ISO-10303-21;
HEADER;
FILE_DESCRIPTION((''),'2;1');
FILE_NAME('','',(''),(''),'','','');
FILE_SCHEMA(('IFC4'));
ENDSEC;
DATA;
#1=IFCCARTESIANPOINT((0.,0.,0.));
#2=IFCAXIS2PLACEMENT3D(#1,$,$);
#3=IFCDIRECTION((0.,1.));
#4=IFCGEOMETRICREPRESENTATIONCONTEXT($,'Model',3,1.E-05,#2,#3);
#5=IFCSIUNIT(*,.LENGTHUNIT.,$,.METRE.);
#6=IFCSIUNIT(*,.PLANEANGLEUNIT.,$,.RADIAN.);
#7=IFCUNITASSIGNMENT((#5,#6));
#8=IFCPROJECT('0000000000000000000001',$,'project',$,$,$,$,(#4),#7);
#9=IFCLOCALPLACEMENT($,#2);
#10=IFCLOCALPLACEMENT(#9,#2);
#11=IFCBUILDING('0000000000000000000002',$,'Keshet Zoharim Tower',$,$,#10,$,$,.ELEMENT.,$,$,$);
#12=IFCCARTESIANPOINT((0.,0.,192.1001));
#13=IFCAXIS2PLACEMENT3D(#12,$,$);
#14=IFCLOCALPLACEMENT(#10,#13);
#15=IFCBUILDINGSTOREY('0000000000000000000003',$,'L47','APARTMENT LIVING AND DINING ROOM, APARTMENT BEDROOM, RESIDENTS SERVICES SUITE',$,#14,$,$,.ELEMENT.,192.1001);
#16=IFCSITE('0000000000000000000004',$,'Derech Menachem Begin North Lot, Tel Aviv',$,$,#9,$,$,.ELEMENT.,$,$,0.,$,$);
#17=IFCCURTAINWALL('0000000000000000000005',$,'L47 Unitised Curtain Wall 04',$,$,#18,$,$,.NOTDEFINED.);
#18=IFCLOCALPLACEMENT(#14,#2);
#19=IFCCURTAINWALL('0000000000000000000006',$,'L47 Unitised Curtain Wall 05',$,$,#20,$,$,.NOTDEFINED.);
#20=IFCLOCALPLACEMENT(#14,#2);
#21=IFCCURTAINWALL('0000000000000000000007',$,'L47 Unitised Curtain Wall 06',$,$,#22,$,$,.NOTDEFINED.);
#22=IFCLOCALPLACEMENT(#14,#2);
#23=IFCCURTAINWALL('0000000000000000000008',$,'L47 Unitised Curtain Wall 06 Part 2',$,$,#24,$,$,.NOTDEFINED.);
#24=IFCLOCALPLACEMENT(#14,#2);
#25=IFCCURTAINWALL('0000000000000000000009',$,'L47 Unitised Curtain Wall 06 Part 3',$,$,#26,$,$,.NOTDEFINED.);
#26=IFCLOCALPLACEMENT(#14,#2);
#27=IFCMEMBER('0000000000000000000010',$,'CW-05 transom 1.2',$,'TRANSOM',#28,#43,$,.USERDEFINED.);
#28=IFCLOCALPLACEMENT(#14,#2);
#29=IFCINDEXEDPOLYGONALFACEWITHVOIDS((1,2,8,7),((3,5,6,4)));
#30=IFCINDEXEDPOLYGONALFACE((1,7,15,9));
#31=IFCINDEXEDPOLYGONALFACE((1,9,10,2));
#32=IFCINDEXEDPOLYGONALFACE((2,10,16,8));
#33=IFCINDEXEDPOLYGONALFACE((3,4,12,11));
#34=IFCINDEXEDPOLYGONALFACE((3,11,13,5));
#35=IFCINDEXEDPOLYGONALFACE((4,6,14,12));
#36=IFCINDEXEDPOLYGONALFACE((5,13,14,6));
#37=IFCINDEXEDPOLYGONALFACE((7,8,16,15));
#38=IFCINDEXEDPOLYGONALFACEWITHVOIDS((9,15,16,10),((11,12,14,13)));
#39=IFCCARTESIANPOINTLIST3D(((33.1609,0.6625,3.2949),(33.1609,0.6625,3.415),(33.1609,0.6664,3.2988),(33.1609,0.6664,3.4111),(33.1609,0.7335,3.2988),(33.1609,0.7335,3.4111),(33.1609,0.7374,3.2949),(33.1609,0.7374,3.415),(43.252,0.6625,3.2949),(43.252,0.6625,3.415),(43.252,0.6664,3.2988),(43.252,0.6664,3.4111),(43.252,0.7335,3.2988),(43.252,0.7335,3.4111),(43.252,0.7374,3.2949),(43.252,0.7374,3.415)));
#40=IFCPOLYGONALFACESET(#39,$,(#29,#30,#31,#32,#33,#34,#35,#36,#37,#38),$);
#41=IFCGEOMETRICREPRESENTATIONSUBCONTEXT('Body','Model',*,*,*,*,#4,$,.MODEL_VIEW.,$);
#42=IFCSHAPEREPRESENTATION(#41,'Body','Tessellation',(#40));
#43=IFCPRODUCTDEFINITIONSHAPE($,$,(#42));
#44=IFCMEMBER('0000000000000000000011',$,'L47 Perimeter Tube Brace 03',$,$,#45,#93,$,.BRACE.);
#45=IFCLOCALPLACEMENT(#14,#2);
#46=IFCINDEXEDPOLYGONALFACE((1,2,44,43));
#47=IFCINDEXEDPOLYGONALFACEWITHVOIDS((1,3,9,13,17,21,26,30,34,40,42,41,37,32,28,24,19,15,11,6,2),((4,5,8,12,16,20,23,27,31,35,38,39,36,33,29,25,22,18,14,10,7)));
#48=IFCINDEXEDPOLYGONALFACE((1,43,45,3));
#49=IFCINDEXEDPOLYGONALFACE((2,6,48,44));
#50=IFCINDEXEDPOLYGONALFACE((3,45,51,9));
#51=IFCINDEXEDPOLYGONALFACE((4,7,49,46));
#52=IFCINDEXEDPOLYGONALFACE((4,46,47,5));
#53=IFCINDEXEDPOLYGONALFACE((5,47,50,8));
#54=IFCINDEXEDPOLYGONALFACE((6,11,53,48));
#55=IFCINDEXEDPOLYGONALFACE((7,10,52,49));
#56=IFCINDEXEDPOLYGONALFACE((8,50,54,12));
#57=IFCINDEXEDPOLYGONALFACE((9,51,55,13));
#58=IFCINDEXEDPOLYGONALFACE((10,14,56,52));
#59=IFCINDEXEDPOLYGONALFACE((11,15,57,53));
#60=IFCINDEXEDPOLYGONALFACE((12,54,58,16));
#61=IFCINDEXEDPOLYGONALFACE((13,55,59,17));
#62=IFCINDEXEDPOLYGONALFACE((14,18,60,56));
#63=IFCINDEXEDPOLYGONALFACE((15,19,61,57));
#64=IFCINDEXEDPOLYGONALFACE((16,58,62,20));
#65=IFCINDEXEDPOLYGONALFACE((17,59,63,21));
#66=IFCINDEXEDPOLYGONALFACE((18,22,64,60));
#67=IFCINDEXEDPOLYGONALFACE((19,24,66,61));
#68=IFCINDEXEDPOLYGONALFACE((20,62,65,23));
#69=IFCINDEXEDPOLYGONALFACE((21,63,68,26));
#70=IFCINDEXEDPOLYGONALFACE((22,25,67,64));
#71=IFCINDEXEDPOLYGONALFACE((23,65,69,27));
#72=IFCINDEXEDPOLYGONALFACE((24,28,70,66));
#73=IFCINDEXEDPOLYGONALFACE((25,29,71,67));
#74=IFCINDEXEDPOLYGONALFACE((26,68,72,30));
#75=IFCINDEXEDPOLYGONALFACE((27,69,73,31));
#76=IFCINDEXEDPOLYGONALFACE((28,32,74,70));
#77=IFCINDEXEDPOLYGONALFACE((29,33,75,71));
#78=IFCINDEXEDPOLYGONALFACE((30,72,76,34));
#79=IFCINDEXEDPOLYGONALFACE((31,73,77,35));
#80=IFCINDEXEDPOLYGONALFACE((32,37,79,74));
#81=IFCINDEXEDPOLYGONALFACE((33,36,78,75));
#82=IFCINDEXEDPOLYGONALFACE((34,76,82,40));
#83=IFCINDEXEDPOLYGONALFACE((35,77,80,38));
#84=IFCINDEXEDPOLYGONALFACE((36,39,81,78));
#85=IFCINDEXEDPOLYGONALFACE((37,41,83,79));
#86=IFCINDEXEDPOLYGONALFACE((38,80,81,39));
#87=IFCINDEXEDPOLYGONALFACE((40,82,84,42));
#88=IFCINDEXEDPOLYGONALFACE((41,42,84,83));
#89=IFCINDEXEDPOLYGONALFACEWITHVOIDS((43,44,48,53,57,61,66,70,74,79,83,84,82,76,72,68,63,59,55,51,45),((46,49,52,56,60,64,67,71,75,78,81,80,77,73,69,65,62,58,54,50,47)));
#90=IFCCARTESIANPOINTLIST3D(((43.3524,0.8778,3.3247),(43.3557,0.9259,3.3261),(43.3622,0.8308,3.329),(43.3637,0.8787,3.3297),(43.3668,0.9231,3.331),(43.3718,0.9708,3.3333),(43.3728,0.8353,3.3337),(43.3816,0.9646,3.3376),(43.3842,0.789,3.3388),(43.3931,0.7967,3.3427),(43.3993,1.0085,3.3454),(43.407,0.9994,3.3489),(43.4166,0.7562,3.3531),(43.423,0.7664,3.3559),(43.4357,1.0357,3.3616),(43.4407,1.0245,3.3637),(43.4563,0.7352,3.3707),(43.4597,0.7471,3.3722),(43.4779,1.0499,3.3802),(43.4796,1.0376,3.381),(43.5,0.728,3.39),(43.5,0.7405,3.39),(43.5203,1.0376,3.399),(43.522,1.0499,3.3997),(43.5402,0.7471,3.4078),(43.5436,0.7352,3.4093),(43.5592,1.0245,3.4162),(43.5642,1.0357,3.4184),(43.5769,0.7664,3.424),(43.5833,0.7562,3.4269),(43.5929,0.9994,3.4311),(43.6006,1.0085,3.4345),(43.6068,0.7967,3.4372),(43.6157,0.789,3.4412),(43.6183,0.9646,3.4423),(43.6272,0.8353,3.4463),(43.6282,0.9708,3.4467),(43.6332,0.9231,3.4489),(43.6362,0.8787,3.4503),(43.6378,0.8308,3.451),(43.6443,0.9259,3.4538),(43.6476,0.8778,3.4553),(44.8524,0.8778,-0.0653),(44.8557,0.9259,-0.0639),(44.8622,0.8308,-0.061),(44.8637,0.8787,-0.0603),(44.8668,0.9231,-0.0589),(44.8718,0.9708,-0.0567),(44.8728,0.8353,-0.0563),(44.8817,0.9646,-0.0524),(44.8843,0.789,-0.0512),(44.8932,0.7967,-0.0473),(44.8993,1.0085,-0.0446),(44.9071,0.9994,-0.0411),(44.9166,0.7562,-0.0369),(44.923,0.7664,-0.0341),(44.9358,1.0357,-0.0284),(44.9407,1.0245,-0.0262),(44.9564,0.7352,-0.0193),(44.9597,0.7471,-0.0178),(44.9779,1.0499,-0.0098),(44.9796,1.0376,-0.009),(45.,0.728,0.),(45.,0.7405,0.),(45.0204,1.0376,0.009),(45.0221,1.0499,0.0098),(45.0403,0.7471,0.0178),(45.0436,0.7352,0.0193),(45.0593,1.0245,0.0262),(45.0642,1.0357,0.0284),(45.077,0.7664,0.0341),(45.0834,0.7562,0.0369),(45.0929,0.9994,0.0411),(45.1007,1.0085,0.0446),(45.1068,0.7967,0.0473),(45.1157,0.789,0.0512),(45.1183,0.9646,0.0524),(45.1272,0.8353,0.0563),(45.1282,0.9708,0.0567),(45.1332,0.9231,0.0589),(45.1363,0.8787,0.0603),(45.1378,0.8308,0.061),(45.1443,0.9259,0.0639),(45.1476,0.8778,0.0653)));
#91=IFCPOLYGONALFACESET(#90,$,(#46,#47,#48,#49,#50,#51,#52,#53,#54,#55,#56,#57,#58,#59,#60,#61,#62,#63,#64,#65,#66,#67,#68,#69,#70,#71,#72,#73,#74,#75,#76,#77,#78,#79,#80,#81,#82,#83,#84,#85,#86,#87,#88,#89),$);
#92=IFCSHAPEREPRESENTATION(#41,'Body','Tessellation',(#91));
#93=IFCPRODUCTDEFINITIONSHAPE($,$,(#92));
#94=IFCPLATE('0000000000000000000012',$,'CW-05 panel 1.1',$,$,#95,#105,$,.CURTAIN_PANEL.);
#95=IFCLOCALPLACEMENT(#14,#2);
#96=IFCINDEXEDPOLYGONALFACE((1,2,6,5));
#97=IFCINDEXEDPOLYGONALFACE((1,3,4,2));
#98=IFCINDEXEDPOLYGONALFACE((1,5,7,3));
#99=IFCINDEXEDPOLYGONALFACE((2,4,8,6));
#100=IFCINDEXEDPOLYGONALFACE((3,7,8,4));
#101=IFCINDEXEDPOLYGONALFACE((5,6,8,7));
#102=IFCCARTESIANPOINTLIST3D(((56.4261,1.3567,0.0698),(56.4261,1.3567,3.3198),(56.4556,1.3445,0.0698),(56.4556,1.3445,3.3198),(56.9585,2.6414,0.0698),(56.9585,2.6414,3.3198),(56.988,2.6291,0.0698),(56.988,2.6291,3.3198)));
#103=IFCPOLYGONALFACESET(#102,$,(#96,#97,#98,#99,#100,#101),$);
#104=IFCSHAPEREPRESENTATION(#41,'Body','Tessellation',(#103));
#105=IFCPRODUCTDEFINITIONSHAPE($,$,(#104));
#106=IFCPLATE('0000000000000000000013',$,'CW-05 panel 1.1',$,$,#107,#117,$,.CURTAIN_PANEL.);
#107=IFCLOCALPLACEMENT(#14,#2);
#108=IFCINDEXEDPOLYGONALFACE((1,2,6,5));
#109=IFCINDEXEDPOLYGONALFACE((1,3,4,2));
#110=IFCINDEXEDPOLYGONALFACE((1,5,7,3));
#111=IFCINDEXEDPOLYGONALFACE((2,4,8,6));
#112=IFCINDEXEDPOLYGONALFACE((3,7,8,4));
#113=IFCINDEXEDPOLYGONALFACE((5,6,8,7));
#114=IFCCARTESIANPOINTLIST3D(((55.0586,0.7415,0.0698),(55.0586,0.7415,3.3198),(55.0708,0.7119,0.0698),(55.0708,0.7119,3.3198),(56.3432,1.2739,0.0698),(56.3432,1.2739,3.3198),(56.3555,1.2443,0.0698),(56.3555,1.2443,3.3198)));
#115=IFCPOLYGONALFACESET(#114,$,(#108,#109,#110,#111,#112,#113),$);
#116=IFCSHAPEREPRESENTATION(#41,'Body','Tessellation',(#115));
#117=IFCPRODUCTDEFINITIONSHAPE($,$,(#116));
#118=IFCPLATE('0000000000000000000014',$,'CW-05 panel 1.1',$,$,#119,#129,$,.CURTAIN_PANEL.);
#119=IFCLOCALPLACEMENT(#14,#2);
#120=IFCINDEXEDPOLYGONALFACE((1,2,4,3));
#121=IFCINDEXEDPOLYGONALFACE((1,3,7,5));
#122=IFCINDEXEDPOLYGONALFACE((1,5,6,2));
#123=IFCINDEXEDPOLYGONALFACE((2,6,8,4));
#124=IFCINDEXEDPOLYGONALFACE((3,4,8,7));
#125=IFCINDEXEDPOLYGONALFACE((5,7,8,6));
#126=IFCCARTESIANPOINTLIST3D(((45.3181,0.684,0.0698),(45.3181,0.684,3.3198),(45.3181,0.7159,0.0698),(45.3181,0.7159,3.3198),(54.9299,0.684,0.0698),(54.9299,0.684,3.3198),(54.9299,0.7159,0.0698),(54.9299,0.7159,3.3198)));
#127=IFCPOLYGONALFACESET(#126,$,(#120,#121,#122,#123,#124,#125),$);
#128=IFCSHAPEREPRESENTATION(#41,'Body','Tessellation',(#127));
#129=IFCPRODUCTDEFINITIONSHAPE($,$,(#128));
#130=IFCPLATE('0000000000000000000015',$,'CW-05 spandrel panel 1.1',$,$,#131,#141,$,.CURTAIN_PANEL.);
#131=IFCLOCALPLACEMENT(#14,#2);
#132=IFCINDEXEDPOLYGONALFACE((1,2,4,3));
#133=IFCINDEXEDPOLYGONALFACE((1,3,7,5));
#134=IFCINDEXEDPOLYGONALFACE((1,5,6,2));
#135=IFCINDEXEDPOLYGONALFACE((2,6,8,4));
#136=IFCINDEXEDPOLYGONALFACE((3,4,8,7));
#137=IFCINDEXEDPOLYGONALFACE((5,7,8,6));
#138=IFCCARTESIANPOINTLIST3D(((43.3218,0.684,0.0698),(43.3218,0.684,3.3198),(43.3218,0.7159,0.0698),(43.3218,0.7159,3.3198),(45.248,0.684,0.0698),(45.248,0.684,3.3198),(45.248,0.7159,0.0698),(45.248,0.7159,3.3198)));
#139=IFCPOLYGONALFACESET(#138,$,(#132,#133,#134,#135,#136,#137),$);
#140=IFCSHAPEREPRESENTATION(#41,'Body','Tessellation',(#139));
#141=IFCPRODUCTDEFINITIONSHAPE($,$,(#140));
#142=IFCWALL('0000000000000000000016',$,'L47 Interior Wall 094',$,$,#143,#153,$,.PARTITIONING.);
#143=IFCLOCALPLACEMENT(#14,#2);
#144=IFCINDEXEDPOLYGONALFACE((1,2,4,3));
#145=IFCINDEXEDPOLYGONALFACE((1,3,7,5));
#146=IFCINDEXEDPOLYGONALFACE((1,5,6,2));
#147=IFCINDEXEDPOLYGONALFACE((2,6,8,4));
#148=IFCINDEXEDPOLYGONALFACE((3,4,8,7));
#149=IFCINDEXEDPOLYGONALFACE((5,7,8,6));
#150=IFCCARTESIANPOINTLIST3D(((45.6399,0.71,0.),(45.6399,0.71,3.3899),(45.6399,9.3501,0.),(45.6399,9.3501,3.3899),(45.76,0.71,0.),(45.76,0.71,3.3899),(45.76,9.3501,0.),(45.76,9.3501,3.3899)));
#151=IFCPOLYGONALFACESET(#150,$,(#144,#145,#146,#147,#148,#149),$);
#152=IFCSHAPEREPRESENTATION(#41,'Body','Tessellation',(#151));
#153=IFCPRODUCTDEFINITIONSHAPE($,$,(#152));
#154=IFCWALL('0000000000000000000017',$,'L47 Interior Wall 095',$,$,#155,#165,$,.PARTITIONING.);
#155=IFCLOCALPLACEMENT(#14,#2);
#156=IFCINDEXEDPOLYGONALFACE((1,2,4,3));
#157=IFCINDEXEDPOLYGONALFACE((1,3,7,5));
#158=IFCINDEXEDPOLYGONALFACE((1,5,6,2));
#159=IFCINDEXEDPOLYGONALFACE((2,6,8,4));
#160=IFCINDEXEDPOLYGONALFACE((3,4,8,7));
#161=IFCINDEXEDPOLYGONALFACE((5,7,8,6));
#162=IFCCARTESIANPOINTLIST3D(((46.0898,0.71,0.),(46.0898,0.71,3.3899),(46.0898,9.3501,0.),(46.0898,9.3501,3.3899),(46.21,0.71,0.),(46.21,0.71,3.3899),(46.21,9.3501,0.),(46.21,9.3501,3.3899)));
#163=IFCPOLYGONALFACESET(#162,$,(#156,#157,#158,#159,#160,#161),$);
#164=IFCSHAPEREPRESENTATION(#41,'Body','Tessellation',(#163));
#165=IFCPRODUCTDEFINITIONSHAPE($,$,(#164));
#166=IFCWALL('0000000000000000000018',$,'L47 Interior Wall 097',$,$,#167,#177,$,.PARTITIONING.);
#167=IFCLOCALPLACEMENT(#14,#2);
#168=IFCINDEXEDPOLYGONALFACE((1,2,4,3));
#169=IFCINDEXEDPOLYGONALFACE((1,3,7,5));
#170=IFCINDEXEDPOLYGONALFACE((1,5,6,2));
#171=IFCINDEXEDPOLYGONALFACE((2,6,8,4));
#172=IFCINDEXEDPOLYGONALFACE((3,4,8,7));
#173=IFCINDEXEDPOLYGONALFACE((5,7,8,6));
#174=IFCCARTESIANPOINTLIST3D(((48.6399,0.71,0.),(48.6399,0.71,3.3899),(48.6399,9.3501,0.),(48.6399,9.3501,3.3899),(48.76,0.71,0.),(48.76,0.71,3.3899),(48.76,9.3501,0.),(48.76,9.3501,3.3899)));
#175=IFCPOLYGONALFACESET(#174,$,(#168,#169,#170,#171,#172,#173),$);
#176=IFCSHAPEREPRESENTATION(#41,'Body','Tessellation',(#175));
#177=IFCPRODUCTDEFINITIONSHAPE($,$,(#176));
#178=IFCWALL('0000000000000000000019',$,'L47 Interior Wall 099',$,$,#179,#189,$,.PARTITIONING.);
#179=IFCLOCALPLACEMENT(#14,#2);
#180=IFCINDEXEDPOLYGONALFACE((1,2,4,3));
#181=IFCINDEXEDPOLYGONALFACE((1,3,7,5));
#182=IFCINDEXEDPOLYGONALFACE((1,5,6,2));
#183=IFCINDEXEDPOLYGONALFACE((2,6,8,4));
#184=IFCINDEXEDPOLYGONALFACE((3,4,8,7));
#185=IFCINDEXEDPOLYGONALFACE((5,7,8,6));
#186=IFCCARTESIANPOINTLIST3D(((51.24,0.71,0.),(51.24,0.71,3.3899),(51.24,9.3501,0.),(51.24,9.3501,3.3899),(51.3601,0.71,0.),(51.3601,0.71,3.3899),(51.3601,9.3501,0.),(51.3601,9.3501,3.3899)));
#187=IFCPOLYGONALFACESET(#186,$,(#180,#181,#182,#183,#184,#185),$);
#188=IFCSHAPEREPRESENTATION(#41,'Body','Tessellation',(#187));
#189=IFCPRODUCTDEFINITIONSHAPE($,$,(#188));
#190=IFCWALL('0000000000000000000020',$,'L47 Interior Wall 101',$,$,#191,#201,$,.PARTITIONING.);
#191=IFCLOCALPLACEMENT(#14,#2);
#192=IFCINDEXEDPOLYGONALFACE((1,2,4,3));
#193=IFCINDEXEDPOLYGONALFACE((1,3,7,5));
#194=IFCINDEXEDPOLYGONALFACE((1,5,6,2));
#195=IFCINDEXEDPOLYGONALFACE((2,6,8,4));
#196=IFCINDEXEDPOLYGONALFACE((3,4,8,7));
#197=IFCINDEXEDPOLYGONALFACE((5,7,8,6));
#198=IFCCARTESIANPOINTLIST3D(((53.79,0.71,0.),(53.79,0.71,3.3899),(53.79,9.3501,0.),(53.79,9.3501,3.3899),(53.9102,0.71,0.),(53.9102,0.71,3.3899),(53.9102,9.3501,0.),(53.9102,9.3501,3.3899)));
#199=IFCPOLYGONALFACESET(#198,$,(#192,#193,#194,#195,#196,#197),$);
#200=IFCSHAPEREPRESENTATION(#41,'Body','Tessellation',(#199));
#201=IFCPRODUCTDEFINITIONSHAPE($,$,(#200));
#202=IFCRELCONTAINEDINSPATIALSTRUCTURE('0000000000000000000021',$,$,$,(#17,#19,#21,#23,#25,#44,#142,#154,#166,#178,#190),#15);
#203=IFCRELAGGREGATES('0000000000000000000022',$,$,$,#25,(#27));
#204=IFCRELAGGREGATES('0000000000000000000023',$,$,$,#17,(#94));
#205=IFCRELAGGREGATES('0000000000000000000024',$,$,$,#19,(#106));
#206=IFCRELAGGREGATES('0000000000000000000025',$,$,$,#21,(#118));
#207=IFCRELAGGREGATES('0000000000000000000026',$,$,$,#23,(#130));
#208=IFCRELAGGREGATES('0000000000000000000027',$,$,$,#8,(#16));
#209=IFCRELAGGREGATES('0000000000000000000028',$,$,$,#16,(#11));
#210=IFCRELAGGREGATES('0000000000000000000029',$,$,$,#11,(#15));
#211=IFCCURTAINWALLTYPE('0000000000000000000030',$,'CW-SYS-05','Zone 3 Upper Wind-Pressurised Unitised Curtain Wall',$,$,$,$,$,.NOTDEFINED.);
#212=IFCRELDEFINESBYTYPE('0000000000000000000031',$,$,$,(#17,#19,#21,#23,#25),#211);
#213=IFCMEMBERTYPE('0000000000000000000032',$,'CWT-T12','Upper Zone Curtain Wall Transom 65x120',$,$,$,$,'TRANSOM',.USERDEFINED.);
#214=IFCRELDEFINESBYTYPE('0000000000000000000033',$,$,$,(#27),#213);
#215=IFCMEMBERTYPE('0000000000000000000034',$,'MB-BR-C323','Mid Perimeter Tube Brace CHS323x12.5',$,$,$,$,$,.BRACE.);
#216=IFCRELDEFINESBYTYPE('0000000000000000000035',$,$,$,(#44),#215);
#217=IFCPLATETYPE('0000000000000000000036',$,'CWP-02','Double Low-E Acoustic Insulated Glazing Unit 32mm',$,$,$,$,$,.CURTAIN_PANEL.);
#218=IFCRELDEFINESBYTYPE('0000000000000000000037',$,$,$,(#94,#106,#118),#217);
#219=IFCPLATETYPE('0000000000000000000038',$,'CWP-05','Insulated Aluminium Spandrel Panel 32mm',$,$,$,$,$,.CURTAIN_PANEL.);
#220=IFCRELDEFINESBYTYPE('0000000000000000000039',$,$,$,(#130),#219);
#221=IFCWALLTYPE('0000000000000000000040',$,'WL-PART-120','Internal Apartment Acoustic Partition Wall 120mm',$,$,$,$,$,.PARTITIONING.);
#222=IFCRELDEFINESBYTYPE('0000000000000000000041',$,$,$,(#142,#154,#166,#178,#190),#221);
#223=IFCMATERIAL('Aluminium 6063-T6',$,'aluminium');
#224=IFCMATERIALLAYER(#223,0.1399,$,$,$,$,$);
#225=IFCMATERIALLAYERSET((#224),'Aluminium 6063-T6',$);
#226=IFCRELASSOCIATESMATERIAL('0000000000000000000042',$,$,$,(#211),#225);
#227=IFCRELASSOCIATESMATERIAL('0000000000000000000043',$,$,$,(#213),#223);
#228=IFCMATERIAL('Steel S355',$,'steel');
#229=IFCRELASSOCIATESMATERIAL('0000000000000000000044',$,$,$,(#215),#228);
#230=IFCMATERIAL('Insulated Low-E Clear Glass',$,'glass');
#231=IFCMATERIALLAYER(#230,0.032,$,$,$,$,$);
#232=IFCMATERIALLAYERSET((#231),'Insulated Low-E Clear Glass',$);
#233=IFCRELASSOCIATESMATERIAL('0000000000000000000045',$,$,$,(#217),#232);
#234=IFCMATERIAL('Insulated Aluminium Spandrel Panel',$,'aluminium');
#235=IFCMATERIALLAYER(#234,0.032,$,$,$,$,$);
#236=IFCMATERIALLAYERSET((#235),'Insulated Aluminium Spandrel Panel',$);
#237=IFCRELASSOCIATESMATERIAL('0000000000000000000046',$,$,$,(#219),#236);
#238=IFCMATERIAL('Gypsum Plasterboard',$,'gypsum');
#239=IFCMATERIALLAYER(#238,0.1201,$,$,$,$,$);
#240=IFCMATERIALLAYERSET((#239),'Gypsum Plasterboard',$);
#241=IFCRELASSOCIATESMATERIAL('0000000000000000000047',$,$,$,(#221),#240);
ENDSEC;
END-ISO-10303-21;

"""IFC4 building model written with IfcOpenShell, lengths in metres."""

from ifc_helpers import new_model, si_unit, direction, frame, frame_2d, origin, origin_2d, place, context, subcontext, project, spatial, rectangle, hollow_rectangle, hollow_circle, extrude, material, layer, layer_set, material_profile, profile_set, type_object, element, aggregate, save


model = new_model("IFC4")

# Units and contexts
model_context = context("Model", 3, precision=1e-05, world=origin(), true_north=direction((0.0, 1.0)))
body_context = subcontext(model_context, "Body", "Model", "MODEL_VIEW")
ifc_project = project(units=[si_unit("LENGTHUNIT", "METRE"), si_unit("PLANEANGLEUNIT", "RADIAN")], contexts=[model_context])

# Site, building, storey
site_placement = place(None, origin())
site = spatial("IfcSite", under=ifc_project, at=site_placement, Name="Derech Menachem Begin North Lot, Tel Aviv", CompositionType="ELEMENT", RefElevation=0.0)
building_placement = place(site_placement, origin())
building = spatial("IfcBuilding", under=site, at=building_placement, Name="Keshet Zoharim Tower", CompositionType="ELEMENT")
storey_placement = place(building_placement, frame((0.0, 0.0, 192.1001)))
storey = spatial("IfcBuildingStorey", under=building, at=storey_placement, Name="L47", Description="APARTMENT LIVING AND DINING ROOM, APARTMENT BEDROOM, RESIDENTS SERVICES SUITE", CompositionType="ELEMENT", Elevation=192.1001)

# Shared definitions
ifc_material_1 = material(Name="Steel S355", Category="steel")

# Curtain wall
ifc_material_2 = material(Name="Aluminium 6063-T6", Category="aluminium")
ifc_layer_1 = layer(ifc_material_2, 0.1399)
ifc_layer_set_1 = layer_set([ifc_layer_1], Name="Aluminium 6063-T6")
curtain_wall_type = type_object("IfcCurtainWallType", Name="CW-SYS-05", Description="Zone 3 Upper Wind-Pressurised Unitised Curtain Wall", PredefinedType="NOTDEFINED", material=ifc_layer_set_1)
curtain_wall_1_placement = place(storey_placement, origin())
curtain_wall_1 = element("IfcCurtainWall", 1, at=curtain_wall_1_placement, inside=storey, type_object=curtain_wall_type, Name="L47 Unitised Curtain Wall 04", PredefinedType="NOTDEFINED")

# Curtain walls
curtain_wall_2_placement = place(storey_placement, origin())
curtain_wall_2 = element("IfcCurtainWall", 2, at=curtain_wall_2_placement, inside=storey, type_object=curtain_wall_type, Name="L47 Unitised Curtain Wall 05", PredefinedType="NOTDEFINED")
curtain_wall_3_placement = place(storey_placement, origin())
curtain_wall_3 = element("IfcCurtainWall", 3, at=curtain_wall_3_placement, inside=storey, type_object=curtain_wall_type, Name="L47 Unitised Curtain Wall 06", PredefinedType="NOTDEFINED")

# Curtain wall
curtain_wall_4_placement = place(storey_placement, origin())
curtain_wall_4 = element("IfcCurtainWall", 4, at=curtain_wall_4_placement, inside=storey, type_object=curtain_wall_type, Name="L47 Unitised Curtain Wall 06 Part 2", PredefinedType="NOTDEFINED")

# Shared definitions
ifc_material_profile_1 = material_profile(ifc_material_2, hollow_rectangle(XDim=0.075, YDim=0.1201, WallThickness=0.0039, at=origin_2d()), Name="TRN-75x120")
ifc_profile_set_1 = profile_set([ifc_material_profile_1], Name="Aluminium 6063-T6")
member_type_1 = type_object("IfcMemberType", Name="CWT-T12", Description="Upper Zone Curtain Wall Transom 65x120", ElementType="TRANSOM", PredefinedType="USERDEFINED", material=ifc_profile_set_1)

# Curtain wall, member
curtain_wall_5_placement = place(storey_placement, origin())
curtain_wall_5 = element("IfcCurtainWall", 5, at=curtain_wall_5_placement, inside=storey, type_object=curtain_wall_type, Name="L47 Unitised Curtain Wall 06 Part 3", PredefinedType="NOTDEFINED")
member_1_placement = place(storey_placement, frame((43.252, 0.7, 3.355), z_axis=(-1.0, 0.0, 0.0), x_axis=(0.0, -1.0, 0.0)))
member_1 = element("IfcMember", 6, at=member_1_placement, type_object=member_type_1, Name="CW-05 transom 1.2", ObjectType="TRANSOM", PredefinedType="USERDEFINED", context=body_context, shape_type="SweptSolid", body=[
    extrude(hollow_rectangle(XDim=0.075, YDim=0.1201, WallThickness=0.0039, at=origin_2d()), origin(), (0.0, 0.0, 1.0), 10.0911),
])
aggregate(curtain_wall_5, [member_1])

# Member
ifc_material_profile_2 = material_profile(ifc_material_1, hollow_circle(Radius=0.1619, WallThickness=0.0125, at=origin_2d()), Name="CHS323x12.5")
ifc_profile_set_2 = profile_set([ifc_material_profile_2], Name="Steel S355")
member_type_2 = type_object("IfcMemberType", Name="MB-BR-C323", Description="Mid Perimeter Tube Brace CHS323x12.5", PredefinedType="BRACE", material=ifc_profile_set_2)
member_2_placement = place(storey_placement, frame((45.0, 0.8899, 0.0), z_axis=(-0.404647, 0.0, 0.914473), x_axis=(0.0, -1.0, 0.0)))
element("IfcMember", 7, at=member_2_placement, inside=storey, type_object=member_type_2, Name="L47 Perimeter Tube Brace 03", PredefinedType="BRACE", context=body_context, shape_type="SweptSolid", body=[
    extrude(hollow_circle(Radius=0.1619, WallThickness=0.0125, at=origin_2d()), origin(), (0.0, 0.0, 1.0), 3.707),
])

# Plates
ifc_material_3 = material(Name="Insulated Low-E Clear Glass", Category="glass")
ifc_layer_2 = layer(ifc_material_3, 0.032)
ifc_layer_set_2 = layer_set([ifc_layer_2], Name="Insulated Low-E Clear Glass")
plate_type_1 = type_object("IfcPlateType", Name="CWP-02", Description="Double Low-E Acoustic Insulated Glazing Unit 32mm", PredefinedType="CURTAIN_PANEL", material=ifc_layer_set_2)
plate_1_placement = place(storey_placement, frame((56.707, 1.9929, 0.0698), z_axis=(0.0, 0.0, 1.0), x_axis=(-0.382852, -0.92381, 0.0)))
plate_1 = element("IfcPlate", 8, at=plate_1_placement, type_object=plate_type_1, Name="CW-05 panel 1.1", PredefinedType="CURTAIN_PANEL", context=body_context, shape_type="SweptSolid", body=[
    extrude(rectangle(XDim=1.3906, YDim=0.032, at=origin_2d()), origin(), (0.0, 0.0, 1.0), 3.25),
])
aggregate(curtain_wall_1, [plate_1])
plate_2_placement = place(storey_placement, frame((55.707, 0.9929, 0.0698), z_axis=(0.0, 0.0, 1.0), x_axis=(-0.92381, -0.382852, 0.0)))
plate_2 = element("IfcPlate", 9, at=plate_2_placement, type_object=plate_type_1, Name="CW-05 panel 1.1", PredefinedType="CURTAIN_PANEL", context=body_context, shape_type="SweptSolid", body=[
    extrude(rectangle(XDim=1.3906, YDim=0.032, at=origin_2d()), origin(), (0.0, 0.0, 1.0), 3.25),
])
aggregate(curtain_wall_2, [plate_2])
plate_3_placement = place(storey_placement, frame((50.124, 0.7, 0.0698), z_axis=(0.0, 0.0, 1.0), x_axis=(-1.0, 0.0, 0.0)))
plate_3 = element("IfcPlate", 10, at=plate_3_placement, type_object=plate_type_1, Name="CW-05 panel 1.1", PredefinedType="CURTAIN_PANEL", context=body_context, shape_type="SweptSolid", body=[
    extrude(rectangle(XDim=9.6118, YDim=0.032, at=origin_2d()), origin(), (0.0, 0.0, 1.0), 3.25),
])
aggregate(curtain_wall_3, [plate_3])
ifc_material_4 = material(Name="Insulated Aluminium Spandrel Panel", Category="aluminium")
ifc_layer_3 = layer(ifc_material_4, 0.032)
ifc_layer_set_3 = layer_set([ifc_layer_3], Name="Insulated Aluminium Spandrel Panel")
plate_type_2 = type_object("IfcPlateType", Name="CWP-05", Description="Insulated Aluminium Spandrel Panel 32mm", PredefinedType="CURTAIN_PANEL", material=ifc_layer_set_3)
plate_4_placement = place(storey_placement, frame((44.2849, 0.7, 0.0698), z_axis=(0.0, 0.0, 1.0), x_axis=(-1.0, 0.0, 0.0)))
plate_4 = element("IfcPlate", 11, at=plate_4_placement, type_object=plate_type_2, Name="CW-05 spandrel panel 1.1", PredefinedType="CURTAIN_PANEL", context=body_context, shape_type="SweptSolid", body=[
    extrude(rectangle(XDim=1.9263, YDim=0.032, at=origin_2d()), origin(), (0.0, 0.0, 1.0), 3.25),
])
aggregate(curtain_wall_4, [plate_4])

# Walls
ifc_material_5 = material(Name="Gypsum Plasterboard", Category="gypsum")
ifc_layer_4 = layer(ifc_material_5, 0.1201)
ifc_layer_set_4 = layer_set([ifc_layer_4], Name="Gypsum Plasterboard")
wall_type = type_object("IfcWallType", Name="WL-PART-120", Description="Internal Apartment Acoustic Partition Wall 120mm", PredefinedType="PARTITIONING", material=ifc_layer_set_4)
for number, where, z_axis, x_axis, name in (
    (12, (45.7, 0.71, 0.0), (0.0, 0.0, 1.0), (0.0, 1.0, 0.0), "L47 Interior Wall 094"),
    (13, (46.1499, 0.71, 0.0), (0.0, 0.0, 1.0), (0.0, 1.0, 0.0), "L47 Interior Wall 095"),
    (14, (48.7, 0.71, 0.0), (0.0, 0.0, 1.0), (0.0, 1.0, 0.0), "L47 Interior Wall 097"),
    (15, (51.3, 0.71, 0.0), (0.0, 0.0, 1.0), (0.0, 1.0, 0.0), "L47 Interior Wall 099"),
    (16, (53.8501, 0.71, 0.0), (0.0, 0.0, 1.0), (0.0, 1.0, 0.0), "L47 Interior Wall 101"),
):
    element("IfcWall", number, at=place(storey_placement, frame(where, z_axis=z_axis, x_axis=x_axis)), inside=storey, type_object=wall_type, Name=name, PredefinedType="PARTITIONING", context=body_context, shape_type="SweptSolid", body=[
        extrude(rectangle(XDim=8.6401, YDim=0.1201, at=frame_2d((4.3201, 0.0))), origin(), (0.0, 0.0, 1.0), 3.3899),
    ])

save(model, "model.ifc")
